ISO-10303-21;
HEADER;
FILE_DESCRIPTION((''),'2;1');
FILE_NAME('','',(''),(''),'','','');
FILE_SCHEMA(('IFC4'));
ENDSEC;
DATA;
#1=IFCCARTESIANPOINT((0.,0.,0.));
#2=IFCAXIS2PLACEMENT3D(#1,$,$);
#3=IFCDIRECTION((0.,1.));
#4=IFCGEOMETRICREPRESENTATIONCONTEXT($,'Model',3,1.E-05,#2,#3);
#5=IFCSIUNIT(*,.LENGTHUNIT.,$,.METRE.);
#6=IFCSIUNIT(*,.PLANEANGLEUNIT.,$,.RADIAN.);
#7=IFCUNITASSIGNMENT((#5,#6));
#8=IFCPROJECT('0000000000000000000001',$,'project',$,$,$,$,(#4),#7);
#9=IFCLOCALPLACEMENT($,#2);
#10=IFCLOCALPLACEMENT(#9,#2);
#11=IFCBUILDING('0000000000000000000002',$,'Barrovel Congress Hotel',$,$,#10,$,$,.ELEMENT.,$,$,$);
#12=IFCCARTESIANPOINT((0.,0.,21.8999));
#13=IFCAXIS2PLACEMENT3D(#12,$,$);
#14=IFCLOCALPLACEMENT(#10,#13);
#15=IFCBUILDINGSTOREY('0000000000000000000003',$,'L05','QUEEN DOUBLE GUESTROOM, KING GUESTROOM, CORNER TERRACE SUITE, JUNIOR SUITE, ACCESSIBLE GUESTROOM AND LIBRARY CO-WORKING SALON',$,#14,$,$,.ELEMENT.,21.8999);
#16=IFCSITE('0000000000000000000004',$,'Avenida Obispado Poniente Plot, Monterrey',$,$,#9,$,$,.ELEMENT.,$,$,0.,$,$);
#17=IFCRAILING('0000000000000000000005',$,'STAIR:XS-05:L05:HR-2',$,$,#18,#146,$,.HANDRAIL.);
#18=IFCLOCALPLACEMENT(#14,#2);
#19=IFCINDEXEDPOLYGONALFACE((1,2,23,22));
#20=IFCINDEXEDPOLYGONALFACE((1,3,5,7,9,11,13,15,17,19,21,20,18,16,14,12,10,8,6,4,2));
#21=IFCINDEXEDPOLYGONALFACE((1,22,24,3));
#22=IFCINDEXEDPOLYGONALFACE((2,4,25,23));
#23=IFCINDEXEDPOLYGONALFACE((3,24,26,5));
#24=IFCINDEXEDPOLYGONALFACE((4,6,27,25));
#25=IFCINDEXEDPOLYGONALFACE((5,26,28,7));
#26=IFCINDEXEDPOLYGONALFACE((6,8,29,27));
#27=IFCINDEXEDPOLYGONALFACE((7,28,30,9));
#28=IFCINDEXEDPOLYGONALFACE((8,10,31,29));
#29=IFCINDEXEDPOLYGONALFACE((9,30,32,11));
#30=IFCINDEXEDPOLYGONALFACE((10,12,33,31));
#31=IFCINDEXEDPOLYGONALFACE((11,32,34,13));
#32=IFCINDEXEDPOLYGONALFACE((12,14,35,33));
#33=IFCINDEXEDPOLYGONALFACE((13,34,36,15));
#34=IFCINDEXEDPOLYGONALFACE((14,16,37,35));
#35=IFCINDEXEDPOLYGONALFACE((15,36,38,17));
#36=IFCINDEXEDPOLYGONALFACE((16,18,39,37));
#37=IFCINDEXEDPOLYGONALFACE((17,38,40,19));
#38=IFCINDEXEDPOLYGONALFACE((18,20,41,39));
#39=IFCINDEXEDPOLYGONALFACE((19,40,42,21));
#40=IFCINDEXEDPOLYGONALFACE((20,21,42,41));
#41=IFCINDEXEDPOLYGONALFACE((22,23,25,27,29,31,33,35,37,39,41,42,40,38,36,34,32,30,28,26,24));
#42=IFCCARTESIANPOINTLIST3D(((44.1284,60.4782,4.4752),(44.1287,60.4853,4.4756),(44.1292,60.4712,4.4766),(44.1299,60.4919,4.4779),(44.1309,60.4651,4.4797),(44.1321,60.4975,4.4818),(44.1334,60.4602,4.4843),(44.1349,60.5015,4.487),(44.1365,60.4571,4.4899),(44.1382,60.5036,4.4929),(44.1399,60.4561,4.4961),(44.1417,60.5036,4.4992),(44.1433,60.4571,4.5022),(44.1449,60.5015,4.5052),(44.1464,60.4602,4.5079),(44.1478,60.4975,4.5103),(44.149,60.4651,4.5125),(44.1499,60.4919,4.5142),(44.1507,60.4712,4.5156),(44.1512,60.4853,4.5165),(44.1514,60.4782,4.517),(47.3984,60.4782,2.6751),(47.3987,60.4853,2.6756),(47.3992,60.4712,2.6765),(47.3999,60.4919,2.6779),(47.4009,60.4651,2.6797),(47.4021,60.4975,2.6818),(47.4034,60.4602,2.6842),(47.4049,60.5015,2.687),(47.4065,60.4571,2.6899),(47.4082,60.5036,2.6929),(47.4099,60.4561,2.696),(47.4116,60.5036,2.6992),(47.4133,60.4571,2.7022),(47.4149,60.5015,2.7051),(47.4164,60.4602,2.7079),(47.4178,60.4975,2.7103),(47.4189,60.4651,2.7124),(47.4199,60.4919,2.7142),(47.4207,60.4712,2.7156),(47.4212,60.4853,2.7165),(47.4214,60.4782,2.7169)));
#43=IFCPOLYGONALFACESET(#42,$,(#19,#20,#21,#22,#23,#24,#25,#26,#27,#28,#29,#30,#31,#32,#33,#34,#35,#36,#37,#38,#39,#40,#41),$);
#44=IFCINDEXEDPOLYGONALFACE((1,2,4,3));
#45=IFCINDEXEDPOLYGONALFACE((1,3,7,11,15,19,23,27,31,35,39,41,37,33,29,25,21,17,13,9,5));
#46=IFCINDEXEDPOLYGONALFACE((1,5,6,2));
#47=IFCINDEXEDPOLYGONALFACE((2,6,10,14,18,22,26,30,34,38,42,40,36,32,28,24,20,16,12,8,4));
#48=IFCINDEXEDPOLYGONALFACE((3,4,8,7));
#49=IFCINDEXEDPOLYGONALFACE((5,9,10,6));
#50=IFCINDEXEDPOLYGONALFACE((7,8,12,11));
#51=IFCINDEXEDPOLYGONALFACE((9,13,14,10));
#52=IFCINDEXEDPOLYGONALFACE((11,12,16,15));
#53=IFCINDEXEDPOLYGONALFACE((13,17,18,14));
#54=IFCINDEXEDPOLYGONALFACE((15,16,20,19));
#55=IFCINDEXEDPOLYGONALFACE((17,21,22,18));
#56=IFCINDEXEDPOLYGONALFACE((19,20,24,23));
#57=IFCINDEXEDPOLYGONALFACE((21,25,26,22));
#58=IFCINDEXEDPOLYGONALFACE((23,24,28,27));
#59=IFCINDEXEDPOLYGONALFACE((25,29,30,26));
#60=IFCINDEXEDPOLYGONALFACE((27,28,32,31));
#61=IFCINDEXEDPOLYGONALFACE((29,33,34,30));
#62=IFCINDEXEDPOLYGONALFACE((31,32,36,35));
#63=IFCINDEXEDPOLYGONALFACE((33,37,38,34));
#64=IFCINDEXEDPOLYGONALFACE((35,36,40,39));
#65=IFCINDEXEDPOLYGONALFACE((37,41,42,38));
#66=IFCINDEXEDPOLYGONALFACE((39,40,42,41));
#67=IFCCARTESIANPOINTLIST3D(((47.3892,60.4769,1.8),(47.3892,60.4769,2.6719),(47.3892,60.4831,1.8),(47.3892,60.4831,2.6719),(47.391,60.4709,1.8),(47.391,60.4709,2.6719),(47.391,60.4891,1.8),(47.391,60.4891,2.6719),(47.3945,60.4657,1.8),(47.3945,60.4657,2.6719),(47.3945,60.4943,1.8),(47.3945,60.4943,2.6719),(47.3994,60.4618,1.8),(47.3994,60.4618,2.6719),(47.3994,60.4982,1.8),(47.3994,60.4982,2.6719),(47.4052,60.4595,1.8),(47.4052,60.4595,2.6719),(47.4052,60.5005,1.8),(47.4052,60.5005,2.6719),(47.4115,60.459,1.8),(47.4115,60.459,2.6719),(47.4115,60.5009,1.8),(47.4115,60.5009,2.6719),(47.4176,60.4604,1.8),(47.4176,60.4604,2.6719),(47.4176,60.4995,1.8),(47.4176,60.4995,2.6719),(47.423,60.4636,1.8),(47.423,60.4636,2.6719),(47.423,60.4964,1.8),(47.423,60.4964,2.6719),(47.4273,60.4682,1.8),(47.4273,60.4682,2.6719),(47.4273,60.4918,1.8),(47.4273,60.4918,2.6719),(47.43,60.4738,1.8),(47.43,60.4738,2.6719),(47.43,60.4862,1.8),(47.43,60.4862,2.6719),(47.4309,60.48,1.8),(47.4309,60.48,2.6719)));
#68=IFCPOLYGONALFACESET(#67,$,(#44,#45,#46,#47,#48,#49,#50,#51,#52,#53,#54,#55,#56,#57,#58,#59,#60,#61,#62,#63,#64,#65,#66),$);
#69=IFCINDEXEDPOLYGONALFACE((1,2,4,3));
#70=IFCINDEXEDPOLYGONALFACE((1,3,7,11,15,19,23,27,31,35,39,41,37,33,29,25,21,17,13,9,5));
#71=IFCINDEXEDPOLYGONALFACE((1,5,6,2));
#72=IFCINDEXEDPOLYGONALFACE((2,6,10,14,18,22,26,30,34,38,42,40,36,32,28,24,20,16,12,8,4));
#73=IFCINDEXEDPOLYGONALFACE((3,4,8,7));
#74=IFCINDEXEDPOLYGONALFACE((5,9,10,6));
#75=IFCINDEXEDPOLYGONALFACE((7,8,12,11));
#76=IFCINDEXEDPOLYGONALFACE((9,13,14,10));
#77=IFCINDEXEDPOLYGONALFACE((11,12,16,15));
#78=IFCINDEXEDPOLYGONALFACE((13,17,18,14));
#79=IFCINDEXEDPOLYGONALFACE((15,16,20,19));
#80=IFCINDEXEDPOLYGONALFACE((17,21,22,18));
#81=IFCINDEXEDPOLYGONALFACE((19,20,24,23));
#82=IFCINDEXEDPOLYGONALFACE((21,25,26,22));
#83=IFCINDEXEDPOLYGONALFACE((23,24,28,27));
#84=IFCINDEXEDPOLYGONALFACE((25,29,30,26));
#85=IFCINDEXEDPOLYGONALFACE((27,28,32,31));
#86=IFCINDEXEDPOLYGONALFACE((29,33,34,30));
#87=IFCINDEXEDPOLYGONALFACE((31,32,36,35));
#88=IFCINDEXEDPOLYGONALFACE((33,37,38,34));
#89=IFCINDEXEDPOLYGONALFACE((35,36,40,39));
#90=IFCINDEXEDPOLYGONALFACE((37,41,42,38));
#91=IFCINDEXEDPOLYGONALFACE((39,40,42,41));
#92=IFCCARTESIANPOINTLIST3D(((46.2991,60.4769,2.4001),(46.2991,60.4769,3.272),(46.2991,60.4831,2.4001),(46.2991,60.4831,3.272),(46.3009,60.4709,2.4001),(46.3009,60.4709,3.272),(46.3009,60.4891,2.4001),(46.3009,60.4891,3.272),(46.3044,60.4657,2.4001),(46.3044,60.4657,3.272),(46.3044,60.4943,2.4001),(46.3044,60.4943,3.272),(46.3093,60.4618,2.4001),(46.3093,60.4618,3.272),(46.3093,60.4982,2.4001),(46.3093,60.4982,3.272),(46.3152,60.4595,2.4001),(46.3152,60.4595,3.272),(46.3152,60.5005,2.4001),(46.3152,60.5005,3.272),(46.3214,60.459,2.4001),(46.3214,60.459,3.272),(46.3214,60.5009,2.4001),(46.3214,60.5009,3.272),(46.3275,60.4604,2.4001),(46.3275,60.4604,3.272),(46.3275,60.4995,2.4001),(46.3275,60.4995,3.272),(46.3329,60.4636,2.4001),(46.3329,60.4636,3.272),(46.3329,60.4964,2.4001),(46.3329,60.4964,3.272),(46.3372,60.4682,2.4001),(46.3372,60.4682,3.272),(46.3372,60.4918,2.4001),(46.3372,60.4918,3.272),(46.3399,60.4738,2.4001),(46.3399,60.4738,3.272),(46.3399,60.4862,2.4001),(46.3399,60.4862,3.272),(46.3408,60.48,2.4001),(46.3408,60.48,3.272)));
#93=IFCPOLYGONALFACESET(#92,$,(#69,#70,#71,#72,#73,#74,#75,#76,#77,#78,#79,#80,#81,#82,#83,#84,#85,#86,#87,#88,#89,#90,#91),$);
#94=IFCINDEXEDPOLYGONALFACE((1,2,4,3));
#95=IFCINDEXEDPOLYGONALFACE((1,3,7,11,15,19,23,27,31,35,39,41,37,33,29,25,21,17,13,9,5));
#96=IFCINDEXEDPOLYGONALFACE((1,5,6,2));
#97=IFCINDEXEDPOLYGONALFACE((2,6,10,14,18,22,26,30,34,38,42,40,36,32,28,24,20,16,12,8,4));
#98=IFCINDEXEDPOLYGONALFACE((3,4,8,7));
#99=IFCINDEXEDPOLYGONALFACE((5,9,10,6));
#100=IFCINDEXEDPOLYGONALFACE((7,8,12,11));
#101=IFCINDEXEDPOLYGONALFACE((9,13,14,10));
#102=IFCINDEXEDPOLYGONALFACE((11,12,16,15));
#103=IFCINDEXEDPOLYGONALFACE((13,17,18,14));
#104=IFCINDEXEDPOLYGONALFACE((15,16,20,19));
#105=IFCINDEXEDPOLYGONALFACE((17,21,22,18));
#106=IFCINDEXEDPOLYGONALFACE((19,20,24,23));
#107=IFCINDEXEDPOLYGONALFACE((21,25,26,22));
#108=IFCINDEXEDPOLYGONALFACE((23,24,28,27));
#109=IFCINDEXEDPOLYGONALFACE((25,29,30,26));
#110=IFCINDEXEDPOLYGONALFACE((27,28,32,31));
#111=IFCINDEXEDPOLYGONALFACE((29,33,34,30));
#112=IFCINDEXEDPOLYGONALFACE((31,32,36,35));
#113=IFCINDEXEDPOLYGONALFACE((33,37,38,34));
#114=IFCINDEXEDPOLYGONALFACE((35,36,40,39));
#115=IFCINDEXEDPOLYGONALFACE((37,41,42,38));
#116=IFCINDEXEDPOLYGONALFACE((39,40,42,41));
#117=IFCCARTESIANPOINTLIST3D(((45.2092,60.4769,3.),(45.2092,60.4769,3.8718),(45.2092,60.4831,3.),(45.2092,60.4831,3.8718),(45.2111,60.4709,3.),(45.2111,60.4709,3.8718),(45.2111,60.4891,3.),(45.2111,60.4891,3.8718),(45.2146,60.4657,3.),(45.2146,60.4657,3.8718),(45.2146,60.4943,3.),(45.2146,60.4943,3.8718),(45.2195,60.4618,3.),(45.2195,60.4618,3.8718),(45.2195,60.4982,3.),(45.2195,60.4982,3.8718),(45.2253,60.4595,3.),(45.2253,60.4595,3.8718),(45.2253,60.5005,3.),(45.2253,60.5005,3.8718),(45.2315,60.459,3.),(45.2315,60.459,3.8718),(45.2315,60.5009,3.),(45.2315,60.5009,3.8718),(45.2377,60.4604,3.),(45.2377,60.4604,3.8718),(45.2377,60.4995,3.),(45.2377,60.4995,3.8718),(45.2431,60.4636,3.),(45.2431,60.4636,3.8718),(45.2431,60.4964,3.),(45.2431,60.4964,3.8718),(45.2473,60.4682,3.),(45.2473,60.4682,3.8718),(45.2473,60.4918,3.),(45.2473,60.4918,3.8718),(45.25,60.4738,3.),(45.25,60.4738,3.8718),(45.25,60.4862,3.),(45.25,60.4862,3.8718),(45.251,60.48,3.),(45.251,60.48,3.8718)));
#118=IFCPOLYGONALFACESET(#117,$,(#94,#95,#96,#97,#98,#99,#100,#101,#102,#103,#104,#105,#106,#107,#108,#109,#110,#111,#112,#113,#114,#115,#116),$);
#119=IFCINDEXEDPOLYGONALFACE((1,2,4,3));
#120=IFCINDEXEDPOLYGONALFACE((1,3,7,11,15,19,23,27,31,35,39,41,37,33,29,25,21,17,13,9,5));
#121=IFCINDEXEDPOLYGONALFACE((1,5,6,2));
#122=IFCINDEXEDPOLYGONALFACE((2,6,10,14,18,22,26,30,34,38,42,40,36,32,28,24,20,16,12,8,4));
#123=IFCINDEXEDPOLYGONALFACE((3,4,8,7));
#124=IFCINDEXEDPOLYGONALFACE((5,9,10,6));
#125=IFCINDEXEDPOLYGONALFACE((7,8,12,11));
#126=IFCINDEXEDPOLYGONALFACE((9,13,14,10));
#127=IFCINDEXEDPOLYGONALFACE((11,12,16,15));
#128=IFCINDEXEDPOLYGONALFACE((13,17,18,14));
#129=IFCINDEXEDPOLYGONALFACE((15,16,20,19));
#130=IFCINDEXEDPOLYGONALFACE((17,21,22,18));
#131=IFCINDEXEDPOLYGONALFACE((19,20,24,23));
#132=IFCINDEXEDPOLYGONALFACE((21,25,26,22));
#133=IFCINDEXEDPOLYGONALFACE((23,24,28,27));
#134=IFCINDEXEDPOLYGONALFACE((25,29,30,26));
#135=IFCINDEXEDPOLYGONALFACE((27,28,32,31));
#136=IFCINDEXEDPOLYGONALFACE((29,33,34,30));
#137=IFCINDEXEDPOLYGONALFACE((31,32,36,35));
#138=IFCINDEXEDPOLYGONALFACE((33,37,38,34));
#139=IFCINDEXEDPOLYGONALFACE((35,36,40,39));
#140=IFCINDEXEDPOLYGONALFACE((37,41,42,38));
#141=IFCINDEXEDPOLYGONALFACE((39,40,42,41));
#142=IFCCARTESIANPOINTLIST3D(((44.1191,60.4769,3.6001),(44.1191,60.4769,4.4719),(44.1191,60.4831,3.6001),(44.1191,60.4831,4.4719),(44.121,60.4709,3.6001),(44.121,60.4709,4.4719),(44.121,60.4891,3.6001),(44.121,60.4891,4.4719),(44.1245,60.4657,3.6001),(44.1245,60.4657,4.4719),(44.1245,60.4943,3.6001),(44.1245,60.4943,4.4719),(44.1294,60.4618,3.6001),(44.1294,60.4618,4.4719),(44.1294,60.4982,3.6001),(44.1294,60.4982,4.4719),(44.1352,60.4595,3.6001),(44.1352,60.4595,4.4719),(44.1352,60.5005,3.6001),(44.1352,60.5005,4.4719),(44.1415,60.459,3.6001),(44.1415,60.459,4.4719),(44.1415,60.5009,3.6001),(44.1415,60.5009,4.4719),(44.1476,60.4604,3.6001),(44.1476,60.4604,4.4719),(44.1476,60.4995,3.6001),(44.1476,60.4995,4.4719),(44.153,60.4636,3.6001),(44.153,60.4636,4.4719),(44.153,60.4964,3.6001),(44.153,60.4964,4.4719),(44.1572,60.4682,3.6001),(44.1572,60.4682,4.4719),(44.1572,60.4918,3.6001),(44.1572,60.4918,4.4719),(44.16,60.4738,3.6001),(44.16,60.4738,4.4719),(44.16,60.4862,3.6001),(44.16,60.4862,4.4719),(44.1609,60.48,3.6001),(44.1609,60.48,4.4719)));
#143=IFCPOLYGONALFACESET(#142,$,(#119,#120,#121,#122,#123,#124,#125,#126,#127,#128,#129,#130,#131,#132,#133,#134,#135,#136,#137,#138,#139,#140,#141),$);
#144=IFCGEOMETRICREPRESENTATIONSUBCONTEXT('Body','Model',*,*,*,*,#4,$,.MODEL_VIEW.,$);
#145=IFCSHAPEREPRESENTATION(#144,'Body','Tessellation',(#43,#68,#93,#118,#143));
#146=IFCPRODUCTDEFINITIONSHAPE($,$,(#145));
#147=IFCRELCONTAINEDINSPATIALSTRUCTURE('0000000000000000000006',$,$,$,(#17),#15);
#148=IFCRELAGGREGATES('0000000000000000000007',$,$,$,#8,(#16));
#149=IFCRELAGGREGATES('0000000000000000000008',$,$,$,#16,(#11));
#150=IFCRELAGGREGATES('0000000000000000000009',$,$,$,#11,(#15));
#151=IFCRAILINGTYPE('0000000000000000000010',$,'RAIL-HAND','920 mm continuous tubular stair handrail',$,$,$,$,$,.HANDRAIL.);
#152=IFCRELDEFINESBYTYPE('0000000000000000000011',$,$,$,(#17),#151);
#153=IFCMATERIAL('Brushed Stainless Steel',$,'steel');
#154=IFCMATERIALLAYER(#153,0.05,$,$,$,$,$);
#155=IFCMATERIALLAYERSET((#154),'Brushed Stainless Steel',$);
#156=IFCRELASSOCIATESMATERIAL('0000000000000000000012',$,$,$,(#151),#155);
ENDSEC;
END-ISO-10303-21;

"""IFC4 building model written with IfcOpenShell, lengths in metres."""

from ifc_helpers import new_model, si_unit, direction, frame, origin, origin_2d, place, context, subcontext, project, spatial, circle, extrude, material, layer, layer_set, type_object, element, save


model = new_model("IFC4")

# Units and contexts
model_context = context("Model", 3, precision=1e-05, world=origin(), true_north=direction((0.0, 1.0)))
body_context = subcontext(model_context, "Body", "Model", "MODEL_VIEW")
ifc_project = project(units=[si_unit("LENGTHUNIT", "METRE"), si_unit("PLANEANGLEUNIT", "RADIAN")], contexts=[model_context])

# Site, building, storey
site_placement = place(None, origin())
site = spatial("IfcSite", under=ifc_project, at=site_placement, Name="Avenida Obispado Poniente Plot, Monterrey", CompositionType="ELEMENT", RefElevation=0.0)
building_placement = place(site_placement, origin())
building = spatial("IfcBuilding", under=site, at=building_placement, Name="Barrovel Congress Hotel", CompositionType="ELEMENT")
storey_placement = place(building_placement, frame((0.0, 0.0, 21.8999)))
storey = spatial("IfcBuildingStorey", under=building, at=storey_placement, Name="L05", Description="QUEEN DOUBLE GUESTROOM, KING GUESTROOM, CORNER TERRACE SUITE, JUNIOR SUITE, ACCESSIBLE GUESTROOM AND LIBRARY CO-WORKING SALON", CompositionType="ELEMENT", Elevation=21.8999)

# Railing
ifc_material_1 = material(Name="Brushed Stainless Steel", Category="steel")
ifc_layer_1 = layer(ifc_material_1, 0.05)
ifc_layer_set_1 = layer_set([ifc_layer_1], Name="Brushed Stainless Steel")
railing_type_1 = type_object("IfcRailingType", Name="RAIL-HAND", Description="920 mm continuous tubular stair handrail", PredefinedType="HANDRAIL", material=ifc_layer_set_1)
railing_1_placement = place(storey_placement, frame((47.4099, 60.48, 1.8)))
element("IfcRailing", 1, at=railing_1_placement, inside=storey, type_object=railing_type_1, Name="STAIR:XS-05:L05:HR-2", PredefinedType="HANDRAIL", context=body_context, shape_type="SweptSolid", body=[
    extrude(circle(Radius=0.0239, at=origin_2d()), frame((0.0, 0.0, 0.896), z_axis=(-0.876042, 0.0, 0.482235), x_axis=(0.0, -1.0, 0.0)), (0.0, 0.0, 1.0), 3.7327),
    extrude(circle(Radius=0.021, at=origin_2d()), origin(), (0.0, 0.0, 1.0), 0.8718),
    extrude(circle(Radius=0.021, at=origin_2d()), frame((-1.0901, 0.0, 0.6001)), (0.0, 0.0, 1.0), 0.8718),
    extrude(circle(Radius=0.021, at=origin_2d()), frame((-2.1799, 0.0, 1.2)), (0.0, 0.0, 1.0), 0.8718),
    extrude(circle(Radius=0.021, at=origin_2d()), frame((-3.27, 0.0, 1.8)), (0.0, 0.0, 1.0), 0.8718),
])

save(model, "model.ifc")
